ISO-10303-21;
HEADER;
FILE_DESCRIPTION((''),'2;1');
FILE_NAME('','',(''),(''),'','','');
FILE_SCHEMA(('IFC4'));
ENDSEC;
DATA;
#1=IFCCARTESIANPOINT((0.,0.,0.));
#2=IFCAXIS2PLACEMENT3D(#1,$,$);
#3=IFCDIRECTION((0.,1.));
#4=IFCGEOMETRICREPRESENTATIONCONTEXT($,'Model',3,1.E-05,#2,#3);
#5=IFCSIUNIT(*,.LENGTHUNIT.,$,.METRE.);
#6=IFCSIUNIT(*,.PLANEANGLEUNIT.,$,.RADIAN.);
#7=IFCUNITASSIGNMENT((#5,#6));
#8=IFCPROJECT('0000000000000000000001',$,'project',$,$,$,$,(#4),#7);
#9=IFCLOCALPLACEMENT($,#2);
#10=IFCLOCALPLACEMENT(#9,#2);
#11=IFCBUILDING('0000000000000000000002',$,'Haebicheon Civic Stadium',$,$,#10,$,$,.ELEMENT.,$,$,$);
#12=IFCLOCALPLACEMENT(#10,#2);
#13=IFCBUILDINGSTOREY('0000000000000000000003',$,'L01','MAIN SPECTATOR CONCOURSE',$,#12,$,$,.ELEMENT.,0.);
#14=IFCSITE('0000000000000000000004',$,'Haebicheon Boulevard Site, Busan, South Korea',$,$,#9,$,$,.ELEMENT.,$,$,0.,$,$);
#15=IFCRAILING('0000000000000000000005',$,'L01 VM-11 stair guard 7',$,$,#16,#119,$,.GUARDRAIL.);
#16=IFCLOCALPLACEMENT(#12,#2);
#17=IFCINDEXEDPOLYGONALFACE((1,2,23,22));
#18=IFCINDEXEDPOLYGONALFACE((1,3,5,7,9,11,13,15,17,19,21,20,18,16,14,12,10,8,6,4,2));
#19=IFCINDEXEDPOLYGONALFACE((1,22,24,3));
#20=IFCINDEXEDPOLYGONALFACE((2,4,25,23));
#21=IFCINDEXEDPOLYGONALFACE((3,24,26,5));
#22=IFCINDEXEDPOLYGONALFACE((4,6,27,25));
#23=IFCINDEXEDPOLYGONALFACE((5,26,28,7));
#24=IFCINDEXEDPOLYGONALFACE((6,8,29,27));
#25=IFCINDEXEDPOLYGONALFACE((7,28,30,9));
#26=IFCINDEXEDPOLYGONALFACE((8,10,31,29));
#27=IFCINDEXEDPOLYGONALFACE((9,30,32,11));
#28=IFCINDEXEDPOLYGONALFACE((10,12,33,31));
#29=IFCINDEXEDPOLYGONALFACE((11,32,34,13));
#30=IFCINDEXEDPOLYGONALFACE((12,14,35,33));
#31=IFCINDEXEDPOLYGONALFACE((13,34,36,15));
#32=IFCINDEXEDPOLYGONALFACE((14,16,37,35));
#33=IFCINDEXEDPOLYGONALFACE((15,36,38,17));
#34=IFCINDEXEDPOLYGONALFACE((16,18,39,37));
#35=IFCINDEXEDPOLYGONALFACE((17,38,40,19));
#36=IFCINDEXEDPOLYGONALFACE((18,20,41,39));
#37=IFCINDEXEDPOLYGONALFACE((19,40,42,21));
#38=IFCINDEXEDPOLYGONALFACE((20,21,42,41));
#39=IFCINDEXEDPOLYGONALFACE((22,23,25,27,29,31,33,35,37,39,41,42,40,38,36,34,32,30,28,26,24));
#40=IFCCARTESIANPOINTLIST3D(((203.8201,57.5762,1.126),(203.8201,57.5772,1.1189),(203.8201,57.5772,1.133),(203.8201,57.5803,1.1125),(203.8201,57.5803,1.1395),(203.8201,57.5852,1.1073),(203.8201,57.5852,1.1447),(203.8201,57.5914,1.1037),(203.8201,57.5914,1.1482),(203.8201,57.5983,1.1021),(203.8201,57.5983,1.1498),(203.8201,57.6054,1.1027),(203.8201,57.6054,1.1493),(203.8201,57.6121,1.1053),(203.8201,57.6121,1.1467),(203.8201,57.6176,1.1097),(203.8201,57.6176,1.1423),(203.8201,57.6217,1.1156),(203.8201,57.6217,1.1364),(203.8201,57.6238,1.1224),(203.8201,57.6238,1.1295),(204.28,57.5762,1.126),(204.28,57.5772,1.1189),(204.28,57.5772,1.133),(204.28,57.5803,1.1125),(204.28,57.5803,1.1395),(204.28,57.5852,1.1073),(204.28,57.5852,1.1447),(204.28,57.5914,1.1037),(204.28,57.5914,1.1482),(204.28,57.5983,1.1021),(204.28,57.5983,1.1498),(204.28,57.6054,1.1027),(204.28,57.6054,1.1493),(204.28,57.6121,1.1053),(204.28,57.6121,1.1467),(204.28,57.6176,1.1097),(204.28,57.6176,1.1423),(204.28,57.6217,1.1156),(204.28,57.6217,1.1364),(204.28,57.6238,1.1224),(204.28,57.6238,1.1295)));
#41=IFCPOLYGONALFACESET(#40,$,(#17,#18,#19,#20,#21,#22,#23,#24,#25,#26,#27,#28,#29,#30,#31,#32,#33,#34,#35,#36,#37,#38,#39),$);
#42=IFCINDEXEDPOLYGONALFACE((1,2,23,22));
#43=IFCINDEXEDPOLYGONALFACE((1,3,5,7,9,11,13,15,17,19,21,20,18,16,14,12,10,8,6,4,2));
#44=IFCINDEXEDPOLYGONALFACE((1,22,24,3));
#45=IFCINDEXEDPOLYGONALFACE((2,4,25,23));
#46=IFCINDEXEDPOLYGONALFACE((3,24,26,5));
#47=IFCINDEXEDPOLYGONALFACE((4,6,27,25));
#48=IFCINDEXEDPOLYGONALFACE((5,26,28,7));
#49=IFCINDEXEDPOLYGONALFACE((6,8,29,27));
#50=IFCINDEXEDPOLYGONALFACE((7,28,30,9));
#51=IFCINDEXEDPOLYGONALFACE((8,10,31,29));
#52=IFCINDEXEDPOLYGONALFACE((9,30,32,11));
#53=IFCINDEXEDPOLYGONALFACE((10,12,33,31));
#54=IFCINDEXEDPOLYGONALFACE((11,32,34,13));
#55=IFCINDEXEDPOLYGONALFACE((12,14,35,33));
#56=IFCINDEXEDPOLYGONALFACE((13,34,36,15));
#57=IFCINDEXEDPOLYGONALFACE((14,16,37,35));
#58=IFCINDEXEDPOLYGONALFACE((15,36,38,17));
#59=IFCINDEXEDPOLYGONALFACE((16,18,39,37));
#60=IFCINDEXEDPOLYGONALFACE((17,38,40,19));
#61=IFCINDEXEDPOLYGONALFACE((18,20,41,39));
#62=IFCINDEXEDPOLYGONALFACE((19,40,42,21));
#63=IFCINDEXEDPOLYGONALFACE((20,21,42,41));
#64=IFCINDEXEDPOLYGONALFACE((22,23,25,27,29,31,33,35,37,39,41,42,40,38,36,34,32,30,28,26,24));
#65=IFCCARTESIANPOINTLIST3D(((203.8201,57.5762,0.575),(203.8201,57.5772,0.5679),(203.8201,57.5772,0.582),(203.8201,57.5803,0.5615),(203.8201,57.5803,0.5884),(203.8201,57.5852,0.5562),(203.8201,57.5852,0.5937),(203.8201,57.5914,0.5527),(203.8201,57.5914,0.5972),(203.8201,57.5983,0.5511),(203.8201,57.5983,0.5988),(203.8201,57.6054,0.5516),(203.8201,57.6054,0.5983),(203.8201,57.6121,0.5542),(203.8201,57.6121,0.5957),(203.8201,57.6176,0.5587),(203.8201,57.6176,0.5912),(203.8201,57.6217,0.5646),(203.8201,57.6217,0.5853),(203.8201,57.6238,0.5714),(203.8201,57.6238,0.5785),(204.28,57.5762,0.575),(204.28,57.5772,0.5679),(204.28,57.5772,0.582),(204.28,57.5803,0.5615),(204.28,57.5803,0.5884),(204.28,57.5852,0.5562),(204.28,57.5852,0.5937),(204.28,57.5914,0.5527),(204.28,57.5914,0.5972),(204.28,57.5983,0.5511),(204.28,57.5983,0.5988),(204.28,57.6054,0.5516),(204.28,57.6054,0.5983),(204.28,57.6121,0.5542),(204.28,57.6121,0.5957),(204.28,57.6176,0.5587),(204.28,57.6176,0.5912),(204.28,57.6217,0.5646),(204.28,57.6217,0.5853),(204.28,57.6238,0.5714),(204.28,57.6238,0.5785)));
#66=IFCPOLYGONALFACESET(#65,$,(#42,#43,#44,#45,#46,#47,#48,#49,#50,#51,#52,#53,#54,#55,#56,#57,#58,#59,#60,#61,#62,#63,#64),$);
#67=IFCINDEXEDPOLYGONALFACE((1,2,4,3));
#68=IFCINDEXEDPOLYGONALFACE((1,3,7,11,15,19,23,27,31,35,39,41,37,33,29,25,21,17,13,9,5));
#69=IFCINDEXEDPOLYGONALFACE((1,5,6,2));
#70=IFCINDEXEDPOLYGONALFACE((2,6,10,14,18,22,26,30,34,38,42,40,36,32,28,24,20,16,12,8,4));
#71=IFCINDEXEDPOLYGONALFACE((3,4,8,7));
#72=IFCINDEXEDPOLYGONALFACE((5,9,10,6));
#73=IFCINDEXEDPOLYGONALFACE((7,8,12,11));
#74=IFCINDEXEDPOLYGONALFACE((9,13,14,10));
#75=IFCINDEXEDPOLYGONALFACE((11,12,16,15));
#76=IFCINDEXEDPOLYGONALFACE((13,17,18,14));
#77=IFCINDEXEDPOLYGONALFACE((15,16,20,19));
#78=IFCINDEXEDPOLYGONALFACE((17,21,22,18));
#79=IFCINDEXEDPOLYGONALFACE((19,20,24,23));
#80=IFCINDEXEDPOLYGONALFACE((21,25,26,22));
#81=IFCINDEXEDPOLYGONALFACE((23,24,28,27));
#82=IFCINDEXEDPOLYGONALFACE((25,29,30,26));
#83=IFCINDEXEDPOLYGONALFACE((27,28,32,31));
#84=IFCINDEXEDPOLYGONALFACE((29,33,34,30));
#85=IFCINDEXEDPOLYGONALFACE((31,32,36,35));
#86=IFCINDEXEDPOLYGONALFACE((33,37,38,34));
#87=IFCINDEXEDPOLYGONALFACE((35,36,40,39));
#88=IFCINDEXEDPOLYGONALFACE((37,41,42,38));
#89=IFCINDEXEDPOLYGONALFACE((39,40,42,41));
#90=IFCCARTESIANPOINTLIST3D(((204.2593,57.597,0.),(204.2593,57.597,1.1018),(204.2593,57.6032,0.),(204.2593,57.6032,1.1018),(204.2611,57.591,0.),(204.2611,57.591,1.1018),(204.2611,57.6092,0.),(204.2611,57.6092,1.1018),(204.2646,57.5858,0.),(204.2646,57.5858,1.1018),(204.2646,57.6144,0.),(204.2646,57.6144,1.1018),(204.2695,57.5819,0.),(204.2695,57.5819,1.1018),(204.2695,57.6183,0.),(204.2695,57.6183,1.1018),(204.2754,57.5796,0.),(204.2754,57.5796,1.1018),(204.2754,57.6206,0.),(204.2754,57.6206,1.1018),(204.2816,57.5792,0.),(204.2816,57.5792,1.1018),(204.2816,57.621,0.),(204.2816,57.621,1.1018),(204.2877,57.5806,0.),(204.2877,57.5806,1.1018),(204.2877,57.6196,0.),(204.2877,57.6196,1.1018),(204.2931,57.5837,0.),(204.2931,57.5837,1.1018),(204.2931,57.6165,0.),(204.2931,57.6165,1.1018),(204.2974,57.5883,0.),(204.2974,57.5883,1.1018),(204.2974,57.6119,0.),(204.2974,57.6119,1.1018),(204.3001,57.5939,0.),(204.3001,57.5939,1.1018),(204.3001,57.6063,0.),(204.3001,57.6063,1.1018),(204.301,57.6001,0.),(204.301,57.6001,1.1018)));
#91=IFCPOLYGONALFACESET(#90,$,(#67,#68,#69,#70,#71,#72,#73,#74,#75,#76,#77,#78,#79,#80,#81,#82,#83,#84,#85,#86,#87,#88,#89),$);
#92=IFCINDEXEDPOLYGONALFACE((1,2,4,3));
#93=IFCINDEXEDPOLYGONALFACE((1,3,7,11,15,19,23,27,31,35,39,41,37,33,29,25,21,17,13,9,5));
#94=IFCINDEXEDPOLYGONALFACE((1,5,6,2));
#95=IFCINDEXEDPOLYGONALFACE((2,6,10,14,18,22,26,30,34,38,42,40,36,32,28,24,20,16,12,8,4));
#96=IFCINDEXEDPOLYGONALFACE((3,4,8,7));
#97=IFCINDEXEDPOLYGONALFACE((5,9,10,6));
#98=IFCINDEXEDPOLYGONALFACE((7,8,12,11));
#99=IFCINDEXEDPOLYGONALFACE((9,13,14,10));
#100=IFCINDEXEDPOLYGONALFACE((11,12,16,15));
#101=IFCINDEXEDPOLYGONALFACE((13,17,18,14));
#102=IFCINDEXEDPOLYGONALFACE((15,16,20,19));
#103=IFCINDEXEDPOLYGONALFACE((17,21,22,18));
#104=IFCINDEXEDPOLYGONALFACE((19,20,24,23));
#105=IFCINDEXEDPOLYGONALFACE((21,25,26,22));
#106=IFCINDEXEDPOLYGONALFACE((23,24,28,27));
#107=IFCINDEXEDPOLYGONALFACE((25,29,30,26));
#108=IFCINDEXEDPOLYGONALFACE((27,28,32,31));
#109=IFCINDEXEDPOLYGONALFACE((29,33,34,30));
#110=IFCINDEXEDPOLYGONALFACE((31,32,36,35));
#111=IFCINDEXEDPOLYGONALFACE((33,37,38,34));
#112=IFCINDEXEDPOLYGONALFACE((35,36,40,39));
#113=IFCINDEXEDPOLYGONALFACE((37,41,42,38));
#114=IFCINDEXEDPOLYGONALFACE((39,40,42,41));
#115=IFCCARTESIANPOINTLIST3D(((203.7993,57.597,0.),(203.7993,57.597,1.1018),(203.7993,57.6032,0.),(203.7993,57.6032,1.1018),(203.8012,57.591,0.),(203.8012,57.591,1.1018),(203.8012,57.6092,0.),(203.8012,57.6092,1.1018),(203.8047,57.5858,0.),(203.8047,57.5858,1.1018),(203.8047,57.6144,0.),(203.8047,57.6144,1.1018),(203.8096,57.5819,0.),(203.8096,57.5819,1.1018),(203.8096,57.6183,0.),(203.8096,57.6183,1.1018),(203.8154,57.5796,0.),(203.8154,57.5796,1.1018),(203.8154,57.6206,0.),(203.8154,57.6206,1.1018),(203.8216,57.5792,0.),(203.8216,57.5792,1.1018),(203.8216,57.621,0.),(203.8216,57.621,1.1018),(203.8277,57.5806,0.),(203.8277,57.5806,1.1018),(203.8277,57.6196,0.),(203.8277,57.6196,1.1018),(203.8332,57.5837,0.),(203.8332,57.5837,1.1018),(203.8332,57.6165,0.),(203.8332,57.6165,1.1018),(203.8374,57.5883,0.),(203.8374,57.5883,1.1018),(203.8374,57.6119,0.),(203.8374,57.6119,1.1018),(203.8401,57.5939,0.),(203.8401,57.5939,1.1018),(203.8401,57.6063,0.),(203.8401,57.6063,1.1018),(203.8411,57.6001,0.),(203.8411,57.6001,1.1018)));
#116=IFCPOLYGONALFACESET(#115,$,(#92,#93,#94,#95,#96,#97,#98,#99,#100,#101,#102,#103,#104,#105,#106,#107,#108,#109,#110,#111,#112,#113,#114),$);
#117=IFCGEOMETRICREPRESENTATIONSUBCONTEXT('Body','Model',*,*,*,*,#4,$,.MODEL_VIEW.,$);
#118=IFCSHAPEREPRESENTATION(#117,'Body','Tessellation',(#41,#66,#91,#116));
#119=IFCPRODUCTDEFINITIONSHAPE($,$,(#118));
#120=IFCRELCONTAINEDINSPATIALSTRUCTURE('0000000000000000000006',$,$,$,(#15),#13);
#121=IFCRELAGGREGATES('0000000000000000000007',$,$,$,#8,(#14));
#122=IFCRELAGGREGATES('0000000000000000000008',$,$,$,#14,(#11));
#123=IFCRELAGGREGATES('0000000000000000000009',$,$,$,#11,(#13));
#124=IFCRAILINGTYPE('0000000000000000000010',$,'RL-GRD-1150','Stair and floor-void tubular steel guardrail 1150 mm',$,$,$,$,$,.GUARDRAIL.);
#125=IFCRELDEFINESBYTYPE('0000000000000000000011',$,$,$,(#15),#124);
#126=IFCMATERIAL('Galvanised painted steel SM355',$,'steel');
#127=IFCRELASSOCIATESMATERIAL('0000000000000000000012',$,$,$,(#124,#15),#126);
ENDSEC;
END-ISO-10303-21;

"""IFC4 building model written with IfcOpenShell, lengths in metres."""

from ifc_helpers import new_model, si_unit, direction, frame, origin, origin_2d, place, context, subcontext, project, spatial, circle, extrude, material, type_object, element, save


model = new_model("IFC4")

# Units and contexts
model_context = context("Model", 3, precision=1e-05, world=origin(), true_north=direction((0.0, 1.0)))
body_context = subcontext(model_context, "Body", "Model", "MODEL_VIEW")
ifc_project = project(units=[si_unit("LENGTHUNIT", "METRE"), si_unit("PLANEANGLEUNIT", "RADIAN")], contexts=[model_context])

# Site, building, storey
site_placement = place(None, origin())
site = spatial("IfcSite", under=ifc_project, at=site_placement, Name="Haebicheon Boulevard Site, Busan, South Korea", CompositionType="ELEMENT", RefElevation=0.0)
building_placement = place(site_placement, origin())
building = spatial("IfcBuilding", under=site, at=building_placement, Name="Haebicheon Civic Stadium", CompositionType="ELEMENT")
storey_placement = place(building_placement, origin())
storey = spatial("IfcBuildingStorey", under=building, at=storey_placement, Name="L01", Description="MAIN SPECTATOR CONCOURSE", CompositionType="ELEMENT", Elevation=0.0)

# Railing
ifc_material_1 = material(Name="Galvanised painted steel SM355", Category="steel")
railing_type_1 = type_object("IfcRailingType", Name="RL-GRD-1150", Description="Stair and floor-void tubular steel guardrail 1150 mm", PredefinedType="GUARDRAIL", material=ifc_material_1)
railing_1_placement = place(storey_placement, frame((204.28, 57.6001, 0.0)))
element("IfcRailing", 1, at=railing_1_placement, inside=storey, type_object=railing_type_1, material=ifc_material_1, Name="L01 VM-11 stair guard 7", PredefinedType="GUARDRAIL", context=body_context, shape_type="SweptSolid", body=[
    extrude(circle(Radius=0.0239, at=origin_2d()), frame((0.0, 0.0, 1.126), z_axis=(-1.0, 0.0, 0.0), x_axis=(0.0, -1.0, 0.0)), (0.0, 0.0, 1.0), 0.46),
    extrude(circle(Radius=0.0239, at=origin_2d()), frame((0.0, 0.0, 0.575), z_axis=(-1.0, 0.0, 0.0), x_axis=(0.0, -1.0, 0.0)), (0.0, 0.0, 1.0), 0.46),
    extrude(circle(Radius=0.021, at=origin_2d()), origin(), (0.0, 0.0, 1.0), 1.1018),
    extrude(circle(Radius=0.021, at=origin_2d()), frame((-0.46, 0.0, 0.0)), (0.0, 0.0, 1.0), 1.1018),
])

save(model, "model.ifc")
